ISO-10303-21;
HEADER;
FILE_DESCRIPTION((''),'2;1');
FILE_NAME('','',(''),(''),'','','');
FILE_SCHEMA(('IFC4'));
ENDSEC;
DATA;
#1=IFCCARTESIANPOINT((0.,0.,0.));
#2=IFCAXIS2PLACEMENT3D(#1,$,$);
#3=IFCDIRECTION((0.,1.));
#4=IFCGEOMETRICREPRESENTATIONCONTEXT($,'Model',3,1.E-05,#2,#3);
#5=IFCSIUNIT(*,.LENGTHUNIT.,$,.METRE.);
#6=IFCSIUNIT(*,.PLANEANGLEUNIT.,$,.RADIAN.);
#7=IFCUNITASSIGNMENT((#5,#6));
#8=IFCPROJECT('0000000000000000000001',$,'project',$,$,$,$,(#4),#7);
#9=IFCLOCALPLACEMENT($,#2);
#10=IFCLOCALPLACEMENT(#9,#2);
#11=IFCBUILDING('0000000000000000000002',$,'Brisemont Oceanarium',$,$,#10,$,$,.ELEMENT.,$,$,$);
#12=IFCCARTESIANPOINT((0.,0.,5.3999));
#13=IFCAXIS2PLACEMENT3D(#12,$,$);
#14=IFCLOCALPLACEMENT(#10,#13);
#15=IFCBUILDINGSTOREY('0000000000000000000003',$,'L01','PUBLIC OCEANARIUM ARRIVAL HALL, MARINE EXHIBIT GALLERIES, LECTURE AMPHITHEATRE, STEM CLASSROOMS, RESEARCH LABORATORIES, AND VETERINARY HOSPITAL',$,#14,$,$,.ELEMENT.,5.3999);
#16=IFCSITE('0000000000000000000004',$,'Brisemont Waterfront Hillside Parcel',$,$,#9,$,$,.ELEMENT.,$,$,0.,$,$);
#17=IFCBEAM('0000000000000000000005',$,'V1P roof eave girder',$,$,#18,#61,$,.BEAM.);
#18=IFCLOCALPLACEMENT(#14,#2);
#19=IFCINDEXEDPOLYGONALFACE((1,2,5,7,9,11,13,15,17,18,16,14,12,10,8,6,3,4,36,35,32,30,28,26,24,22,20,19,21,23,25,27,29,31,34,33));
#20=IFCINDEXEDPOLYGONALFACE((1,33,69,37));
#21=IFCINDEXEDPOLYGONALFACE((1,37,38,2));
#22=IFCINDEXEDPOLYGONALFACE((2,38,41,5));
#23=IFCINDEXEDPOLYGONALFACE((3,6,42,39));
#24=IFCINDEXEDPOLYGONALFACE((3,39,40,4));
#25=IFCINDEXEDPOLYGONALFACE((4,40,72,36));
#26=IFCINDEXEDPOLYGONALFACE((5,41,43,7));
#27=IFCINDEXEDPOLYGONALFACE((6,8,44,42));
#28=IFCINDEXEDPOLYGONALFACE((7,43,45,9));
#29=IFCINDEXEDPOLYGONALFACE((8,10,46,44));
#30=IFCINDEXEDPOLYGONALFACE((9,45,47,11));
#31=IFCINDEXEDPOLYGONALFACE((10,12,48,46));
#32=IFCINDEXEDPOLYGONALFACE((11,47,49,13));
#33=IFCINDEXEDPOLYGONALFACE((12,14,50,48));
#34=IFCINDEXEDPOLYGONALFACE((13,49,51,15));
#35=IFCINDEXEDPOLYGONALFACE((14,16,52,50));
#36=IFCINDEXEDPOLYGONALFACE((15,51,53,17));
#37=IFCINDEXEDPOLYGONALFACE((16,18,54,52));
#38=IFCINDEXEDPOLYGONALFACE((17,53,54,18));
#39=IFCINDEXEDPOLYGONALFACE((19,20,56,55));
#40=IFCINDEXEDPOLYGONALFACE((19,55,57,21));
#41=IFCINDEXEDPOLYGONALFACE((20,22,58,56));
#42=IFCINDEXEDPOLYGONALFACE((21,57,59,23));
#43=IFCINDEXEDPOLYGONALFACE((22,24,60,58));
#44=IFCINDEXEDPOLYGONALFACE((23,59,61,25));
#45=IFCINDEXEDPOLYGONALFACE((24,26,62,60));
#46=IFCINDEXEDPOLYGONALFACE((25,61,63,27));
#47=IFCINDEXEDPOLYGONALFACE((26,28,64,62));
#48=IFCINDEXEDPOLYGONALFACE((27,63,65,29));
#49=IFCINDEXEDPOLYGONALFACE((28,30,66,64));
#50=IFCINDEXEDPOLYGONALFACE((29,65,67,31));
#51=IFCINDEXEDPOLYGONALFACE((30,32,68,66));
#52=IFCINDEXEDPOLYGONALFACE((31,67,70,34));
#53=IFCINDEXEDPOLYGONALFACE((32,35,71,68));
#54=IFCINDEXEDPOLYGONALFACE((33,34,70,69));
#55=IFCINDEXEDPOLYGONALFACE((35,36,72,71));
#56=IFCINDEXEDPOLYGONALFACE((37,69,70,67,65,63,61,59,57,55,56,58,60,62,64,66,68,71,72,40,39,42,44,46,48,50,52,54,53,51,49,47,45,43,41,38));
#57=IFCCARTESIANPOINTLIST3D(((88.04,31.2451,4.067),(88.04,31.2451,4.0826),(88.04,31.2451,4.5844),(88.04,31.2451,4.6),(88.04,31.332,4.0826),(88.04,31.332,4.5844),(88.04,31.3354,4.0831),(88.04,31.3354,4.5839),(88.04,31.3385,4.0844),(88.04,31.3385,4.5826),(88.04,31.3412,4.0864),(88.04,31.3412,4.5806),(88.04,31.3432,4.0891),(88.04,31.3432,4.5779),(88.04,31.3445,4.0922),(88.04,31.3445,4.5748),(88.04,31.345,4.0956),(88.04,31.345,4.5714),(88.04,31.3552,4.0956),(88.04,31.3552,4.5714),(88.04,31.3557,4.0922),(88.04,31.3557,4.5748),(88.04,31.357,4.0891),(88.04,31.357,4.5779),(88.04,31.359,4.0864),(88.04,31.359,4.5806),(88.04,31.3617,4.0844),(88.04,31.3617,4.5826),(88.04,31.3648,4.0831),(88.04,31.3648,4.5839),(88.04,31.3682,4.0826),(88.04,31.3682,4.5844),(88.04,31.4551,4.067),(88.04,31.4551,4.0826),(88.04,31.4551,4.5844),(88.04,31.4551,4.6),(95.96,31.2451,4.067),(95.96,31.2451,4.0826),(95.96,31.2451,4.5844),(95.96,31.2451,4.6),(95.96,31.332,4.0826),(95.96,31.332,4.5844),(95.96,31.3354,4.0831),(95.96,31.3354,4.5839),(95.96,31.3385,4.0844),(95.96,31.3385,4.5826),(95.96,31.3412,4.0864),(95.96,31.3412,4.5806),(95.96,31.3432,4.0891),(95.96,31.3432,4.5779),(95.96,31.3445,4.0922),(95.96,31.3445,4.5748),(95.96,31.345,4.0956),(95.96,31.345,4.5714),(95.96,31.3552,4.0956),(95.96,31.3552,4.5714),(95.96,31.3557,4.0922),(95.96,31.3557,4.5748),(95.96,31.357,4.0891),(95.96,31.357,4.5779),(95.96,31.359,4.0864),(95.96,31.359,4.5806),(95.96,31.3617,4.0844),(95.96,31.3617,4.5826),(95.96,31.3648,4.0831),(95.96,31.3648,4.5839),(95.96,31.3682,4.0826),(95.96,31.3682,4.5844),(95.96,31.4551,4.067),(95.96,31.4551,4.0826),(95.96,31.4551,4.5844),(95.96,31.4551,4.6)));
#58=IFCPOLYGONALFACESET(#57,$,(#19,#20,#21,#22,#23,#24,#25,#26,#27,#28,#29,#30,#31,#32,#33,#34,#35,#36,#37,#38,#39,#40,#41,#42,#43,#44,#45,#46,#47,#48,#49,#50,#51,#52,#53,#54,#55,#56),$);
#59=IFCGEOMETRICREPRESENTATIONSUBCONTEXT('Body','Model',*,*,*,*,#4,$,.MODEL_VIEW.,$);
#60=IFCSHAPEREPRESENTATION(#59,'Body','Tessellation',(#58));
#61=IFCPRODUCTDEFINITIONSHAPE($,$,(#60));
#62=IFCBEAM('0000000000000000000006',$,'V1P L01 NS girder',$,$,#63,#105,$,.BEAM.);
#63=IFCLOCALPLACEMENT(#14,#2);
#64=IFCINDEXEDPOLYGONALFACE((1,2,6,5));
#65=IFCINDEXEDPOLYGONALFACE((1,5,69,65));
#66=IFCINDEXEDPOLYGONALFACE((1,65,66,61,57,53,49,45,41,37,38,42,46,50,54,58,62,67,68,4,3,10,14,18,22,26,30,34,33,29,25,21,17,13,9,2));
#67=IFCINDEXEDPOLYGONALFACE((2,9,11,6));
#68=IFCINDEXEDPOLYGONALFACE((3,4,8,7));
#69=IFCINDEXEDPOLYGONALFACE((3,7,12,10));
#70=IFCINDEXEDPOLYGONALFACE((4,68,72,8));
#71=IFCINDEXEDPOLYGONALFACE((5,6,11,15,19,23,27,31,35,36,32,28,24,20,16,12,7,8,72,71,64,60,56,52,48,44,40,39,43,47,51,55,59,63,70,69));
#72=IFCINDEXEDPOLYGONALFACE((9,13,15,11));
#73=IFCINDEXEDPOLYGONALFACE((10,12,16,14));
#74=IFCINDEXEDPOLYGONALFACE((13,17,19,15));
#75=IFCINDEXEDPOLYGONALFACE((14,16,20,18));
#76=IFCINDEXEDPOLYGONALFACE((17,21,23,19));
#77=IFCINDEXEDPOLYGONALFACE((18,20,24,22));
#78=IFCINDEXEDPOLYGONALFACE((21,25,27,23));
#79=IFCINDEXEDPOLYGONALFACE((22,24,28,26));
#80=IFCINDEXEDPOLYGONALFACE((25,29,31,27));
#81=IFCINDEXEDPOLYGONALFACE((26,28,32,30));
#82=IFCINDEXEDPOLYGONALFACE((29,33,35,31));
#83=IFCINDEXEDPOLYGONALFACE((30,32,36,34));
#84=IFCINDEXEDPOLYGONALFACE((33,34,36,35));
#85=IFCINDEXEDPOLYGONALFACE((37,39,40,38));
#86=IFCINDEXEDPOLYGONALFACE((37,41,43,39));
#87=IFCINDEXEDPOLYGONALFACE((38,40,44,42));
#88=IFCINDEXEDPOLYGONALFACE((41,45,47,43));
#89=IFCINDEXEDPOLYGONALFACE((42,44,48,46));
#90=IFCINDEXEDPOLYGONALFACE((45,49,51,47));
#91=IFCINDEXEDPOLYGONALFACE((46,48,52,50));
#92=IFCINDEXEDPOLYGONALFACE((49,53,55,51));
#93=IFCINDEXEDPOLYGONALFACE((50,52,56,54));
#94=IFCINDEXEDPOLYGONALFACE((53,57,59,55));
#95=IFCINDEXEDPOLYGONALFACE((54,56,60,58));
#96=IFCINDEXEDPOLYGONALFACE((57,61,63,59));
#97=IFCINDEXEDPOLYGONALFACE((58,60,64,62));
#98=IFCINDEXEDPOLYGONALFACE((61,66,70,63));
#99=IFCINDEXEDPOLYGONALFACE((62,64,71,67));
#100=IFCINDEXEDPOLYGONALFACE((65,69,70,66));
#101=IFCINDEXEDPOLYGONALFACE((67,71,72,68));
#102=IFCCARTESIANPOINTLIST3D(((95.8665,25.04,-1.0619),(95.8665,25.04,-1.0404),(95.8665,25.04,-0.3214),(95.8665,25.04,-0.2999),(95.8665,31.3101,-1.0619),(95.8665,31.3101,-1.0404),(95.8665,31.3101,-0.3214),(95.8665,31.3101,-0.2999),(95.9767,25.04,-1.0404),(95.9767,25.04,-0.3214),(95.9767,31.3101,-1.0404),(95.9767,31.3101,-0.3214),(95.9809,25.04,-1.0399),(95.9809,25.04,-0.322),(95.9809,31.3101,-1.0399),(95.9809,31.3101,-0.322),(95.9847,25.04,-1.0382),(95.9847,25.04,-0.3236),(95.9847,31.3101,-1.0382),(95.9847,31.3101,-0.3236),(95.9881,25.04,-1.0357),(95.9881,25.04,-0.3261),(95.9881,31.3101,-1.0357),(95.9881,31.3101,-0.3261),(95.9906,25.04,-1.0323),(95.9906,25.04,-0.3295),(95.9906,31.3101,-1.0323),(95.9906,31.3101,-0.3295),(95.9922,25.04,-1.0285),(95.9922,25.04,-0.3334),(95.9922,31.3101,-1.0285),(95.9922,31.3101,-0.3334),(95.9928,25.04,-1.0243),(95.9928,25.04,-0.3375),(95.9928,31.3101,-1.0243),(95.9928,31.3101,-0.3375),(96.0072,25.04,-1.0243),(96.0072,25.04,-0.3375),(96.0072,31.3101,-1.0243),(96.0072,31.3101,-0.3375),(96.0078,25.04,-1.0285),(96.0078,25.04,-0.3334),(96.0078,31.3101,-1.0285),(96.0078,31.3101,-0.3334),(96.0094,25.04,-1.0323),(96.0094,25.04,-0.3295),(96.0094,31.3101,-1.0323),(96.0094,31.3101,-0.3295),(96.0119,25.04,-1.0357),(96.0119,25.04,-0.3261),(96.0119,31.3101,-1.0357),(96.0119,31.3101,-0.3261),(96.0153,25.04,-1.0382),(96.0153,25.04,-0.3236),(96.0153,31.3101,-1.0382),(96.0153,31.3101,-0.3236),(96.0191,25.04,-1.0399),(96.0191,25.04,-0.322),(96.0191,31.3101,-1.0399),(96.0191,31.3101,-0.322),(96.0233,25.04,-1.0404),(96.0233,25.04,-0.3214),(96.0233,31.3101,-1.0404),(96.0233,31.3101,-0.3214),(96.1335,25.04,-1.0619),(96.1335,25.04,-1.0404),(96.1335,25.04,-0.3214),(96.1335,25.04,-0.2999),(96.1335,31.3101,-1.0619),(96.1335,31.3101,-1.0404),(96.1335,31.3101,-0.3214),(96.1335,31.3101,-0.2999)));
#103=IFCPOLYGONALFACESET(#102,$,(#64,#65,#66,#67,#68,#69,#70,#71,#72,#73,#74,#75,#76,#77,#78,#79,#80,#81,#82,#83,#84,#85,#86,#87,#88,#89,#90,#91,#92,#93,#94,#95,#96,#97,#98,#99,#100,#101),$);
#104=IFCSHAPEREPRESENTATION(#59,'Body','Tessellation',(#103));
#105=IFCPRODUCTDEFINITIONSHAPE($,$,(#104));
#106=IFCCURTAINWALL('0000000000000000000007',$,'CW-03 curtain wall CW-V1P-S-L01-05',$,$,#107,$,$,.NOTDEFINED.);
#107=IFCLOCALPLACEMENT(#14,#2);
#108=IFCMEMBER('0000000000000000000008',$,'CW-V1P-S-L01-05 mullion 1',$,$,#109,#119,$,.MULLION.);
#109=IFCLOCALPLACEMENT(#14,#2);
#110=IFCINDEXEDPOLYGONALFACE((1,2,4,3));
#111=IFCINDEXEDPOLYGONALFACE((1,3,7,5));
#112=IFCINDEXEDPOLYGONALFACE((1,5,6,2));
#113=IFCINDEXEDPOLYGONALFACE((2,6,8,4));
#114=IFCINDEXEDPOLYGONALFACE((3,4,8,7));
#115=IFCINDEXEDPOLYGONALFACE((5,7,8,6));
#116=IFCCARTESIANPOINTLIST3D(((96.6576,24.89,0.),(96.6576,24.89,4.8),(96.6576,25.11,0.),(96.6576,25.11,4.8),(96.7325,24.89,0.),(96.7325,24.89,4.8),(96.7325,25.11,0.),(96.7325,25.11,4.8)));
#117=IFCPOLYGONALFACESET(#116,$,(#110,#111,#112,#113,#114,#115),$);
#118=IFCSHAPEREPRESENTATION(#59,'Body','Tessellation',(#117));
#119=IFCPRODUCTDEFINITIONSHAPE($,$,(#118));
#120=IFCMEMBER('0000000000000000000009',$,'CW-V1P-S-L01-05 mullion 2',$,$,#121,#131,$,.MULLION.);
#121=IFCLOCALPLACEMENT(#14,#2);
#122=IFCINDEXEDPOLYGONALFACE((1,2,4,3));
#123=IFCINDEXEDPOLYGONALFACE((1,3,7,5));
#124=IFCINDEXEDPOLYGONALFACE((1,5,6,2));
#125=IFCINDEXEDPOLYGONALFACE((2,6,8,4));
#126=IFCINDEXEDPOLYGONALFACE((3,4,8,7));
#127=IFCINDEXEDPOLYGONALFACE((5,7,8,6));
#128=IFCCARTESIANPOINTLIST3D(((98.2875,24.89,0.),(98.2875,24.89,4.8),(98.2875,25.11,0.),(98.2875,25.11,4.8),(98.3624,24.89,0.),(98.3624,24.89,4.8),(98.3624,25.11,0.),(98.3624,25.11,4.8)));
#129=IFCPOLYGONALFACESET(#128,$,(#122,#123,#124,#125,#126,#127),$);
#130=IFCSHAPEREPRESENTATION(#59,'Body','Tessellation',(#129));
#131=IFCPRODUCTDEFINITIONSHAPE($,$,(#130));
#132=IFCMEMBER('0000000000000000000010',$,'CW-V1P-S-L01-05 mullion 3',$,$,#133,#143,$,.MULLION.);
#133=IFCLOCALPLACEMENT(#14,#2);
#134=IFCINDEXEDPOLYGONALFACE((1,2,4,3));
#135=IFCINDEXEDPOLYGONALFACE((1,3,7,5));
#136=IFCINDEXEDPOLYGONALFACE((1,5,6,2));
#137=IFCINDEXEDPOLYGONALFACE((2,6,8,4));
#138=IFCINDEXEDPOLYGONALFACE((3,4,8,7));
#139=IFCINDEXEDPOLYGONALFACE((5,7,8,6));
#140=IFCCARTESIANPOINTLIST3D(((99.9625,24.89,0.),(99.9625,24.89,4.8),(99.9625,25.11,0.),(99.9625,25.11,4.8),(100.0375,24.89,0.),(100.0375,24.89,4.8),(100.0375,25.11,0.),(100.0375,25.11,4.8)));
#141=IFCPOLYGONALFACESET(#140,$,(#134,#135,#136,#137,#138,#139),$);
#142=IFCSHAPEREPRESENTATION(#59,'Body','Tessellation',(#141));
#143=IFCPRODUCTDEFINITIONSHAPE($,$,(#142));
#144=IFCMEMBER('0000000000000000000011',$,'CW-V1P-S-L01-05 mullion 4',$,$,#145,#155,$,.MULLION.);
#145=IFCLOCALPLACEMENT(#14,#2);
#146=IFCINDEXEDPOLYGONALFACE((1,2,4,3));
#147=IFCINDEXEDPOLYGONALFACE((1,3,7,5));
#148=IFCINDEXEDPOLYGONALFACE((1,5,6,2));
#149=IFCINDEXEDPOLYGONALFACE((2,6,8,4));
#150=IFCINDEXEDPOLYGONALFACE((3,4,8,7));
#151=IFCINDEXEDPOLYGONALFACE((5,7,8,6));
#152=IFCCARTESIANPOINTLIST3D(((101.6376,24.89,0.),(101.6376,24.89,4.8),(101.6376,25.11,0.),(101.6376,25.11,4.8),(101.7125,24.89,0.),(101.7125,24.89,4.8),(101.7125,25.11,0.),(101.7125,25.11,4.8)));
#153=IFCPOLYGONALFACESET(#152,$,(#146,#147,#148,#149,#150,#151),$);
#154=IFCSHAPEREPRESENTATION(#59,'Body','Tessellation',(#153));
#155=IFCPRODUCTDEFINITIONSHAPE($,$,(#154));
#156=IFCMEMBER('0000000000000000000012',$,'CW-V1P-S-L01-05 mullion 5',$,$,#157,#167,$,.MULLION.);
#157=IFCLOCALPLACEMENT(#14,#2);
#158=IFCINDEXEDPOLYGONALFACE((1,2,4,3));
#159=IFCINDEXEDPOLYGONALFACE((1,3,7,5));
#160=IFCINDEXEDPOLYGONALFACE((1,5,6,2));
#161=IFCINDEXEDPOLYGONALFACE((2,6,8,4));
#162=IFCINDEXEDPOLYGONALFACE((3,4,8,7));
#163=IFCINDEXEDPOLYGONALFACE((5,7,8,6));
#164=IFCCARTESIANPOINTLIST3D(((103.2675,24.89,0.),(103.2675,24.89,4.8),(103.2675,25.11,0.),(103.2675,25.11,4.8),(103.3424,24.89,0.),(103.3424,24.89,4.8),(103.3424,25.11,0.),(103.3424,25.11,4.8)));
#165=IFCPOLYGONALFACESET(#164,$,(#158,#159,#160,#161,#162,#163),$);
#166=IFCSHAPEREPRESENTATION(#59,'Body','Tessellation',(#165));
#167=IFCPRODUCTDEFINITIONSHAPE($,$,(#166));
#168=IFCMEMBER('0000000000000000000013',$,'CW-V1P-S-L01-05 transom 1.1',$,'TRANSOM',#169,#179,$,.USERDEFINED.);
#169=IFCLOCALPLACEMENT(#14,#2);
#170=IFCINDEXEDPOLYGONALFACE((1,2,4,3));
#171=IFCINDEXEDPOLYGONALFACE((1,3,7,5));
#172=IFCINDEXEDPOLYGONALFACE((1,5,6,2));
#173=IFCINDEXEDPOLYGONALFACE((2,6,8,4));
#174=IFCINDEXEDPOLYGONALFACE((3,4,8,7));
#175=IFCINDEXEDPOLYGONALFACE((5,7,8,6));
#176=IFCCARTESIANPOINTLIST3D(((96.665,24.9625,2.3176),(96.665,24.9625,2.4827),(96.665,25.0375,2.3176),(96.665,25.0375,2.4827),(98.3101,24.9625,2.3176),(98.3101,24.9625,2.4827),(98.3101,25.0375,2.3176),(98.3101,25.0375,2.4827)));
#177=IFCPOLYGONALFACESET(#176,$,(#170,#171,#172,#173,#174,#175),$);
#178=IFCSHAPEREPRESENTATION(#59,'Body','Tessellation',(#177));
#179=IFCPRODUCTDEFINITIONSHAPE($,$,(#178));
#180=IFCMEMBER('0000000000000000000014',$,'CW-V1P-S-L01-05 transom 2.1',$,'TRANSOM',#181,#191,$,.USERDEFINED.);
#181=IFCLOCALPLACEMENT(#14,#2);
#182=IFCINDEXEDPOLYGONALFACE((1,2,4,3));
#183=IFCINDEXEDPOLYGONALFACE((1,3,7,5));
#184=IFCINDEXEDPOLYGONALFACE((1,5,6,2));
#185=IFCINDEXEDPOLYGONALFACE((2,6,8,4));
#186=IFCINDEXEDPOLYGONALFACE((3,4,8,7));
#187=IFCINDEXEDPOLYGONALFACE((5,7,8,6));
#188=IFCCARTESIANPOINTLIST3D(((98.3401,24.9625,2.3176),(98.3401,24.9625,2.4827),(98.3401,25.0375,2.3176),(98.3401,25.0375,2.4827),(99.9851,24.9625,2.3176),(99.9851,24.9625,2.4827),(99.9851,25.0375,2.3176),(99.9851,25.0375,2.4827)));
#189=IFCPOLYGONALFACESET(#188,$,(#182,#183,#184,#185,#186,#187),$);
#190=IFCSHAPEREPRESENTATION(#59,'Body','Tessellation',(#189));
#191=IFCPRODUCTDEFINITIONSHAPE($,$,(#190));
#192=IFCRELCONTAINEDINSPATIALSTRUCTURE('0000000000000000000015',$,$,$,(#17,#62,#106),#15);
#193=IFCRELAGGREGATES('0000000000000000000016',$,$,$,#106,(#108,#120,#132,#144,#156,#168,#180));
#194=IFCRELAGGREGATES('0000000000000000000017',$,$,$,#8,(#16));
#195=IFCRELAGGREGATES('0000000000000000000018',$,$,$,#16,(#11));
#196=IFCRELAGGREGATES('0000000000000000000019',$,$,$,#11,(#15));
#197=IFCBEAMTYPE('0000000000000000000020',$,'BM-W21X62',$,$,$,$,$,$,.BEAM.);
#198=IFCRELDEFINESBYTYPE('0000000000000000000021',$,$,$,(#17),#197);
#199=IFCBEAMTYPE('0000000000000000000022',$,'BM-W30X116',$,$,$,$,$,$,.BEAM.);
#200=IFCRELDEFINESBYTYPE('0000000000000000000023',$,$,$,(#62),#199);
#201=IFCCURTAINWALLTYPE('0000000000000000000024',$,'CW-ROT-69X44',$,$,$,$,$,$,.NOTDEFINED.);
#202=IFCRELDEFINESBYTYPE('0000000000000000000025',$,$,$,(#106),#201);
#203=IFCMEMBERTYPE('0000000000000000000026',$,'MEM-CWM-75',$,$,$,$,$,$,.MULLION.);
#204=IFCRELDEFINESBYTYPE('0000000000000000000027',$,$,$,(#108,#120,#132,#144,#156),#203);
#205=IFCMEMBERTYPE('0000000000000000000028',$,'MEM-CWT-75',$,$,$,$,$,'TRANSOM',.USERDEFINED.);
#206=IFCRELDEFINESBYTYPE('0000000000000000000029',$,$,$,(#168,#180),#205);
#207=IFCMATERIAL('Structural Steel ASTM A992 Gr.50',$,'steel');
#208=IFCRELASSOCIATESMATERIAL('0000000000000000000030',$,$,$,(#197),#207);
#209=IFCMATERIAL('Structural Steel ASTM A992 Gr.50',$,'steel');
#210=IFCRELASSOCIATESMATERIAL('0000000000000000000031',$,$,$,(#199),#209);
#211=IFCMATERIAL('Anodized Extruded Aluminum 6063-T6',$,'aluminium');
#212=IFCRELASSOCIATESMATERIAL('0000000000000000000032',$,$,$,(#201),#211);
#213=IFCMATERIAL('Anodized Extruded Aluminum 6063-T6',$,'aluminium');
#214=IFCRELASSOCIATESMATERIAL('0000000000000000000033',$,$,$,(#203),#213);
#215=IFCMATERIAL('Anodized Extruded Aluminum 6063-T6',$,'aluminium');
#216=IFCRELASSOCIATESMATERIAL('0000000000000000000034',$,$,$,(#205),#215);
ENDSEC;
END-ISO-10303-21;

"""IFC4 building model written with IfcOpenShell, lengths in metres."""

from ifc_helpers import new_model, si_unit, direction, frame, origin, origin_2d, place, context, subcontext, project, spatial, rectangle, i_section, extrude, material, material_profile, profile_set, type_object, element, aggregate, save


model = new_model("IFC4")

# Units and contexts
model_context = context("Model", 3, precision=1e-05, world=origin(), true_north=direction((0.0, 1.0)))
body_context = subcontext(model_context, "Body", "Model", "MODEL_VIEW")
ifc_project = project(units=[si_unit("LENGTHUNIT", "METRE"), si_unit("PLANEANGLEUNIT", "RADIAN")], contexts=[model_context])

# Site, building, storey
site_placement = place(None, origin())
site = spatial("IfcSite", under=ifc_project, at=site_placement, Name="Brisemont Waterfront Hillside Parcel", CompositionType="ELEMENT", RefElevation=0.0)
building_placement = place(site_placement, origin())
building = spatial("IfcBuilding", under=site, at=building_placement, Name="Brisemont Oceanarium", CompositionType="ELEMENT")
storey_placement = place(building_placement, frame((0.0, 0.0, 5.3999)))
storey = spatial("IfcBuildingStorey", under=building, at=storey_placement, Name="L01", Description="PUBLIC OCEANARIUM ARRIVAL HALL, MARINE EXHIBIT GALLERIES, LECTURE AMPHITHEATRE, STEM CLASSROOMS, RESEARCH LABORATORIES, AND VETERINARY HOSPITAL", CompositionType="ELEMENT", Elevation=5.3999)

# Beams
ifc_material_1 = material(Name="Structural Steel ASTM A992 Gr.50", Category="steel")
ifc_material_profile_1 = material_profile(ifc_material_1, i_section(OverallWidth=0.21, OverallDepth=0.533, WebThickness=0.0103, FlangeThickness=0.0156, FilletRadius=0.0129, at=origin_2d()), Name="W21X62")
ifc_profile_set_1 = profile_set([ifc_material_profile_1], Name="Structural Steel ASTM A992 Gr.50")
beam_type_1 = type_object("IfcBeamType", Name="BM-W21X62", PredefinedType="BEAM", material=ifc_profile_set_1)
for number, where, z_axis, x_axis, name in (
    (1, (88.04, 31.3501, 4.3335), (1.0, 0.0, 0.0), (0.0, 1.0, 0.0), "V1P roof eave girder"),
):
    element("IfcBeam", number, at=place(storey_placement, frame(where, z_axis=z_axis, x_axis=x_axis)), inside=storey, type_object=beam_type_1, Name=name, PredefinedType="BEAM", context=body_context, shape_type="SweptSolid", body=[
        extrude(i_section(OverallWidth=0.21, OverallDepth=0.533, WebThickness=0.0103, FlangeThickness=0.0156, FilletRadius=0.0129, at=origin_2d()), origin(), (0.0, 0.0, 1.0), 7.9199),
    ])
ifc_material_2 = material(Name="Structural Steel ASTM A992 Gr.50", Category="steel")
ifc_material_profile_2 = material_profile(ifc_material_2, i_section(OverallWidth=0.2671, OverallDepth=0.762, WebThickness=0.0144, FlangeThickness=0.0215, FilletRadius=0.0161, at=origin_2d()), Name="W30X116")
ifc_profile_set_2 = profile_set([ifc_material_profile_2], Name="Structural Steel ASTM A992 Gr.50")
beam_type_2 = type_object("IfcBeamType", Name="BM-W30X116", PredefinedType="BEAM", material=ifc_profile_set_2)
beam_1_placement = place(storey_placement, frame((96.0, 25.04, -0.6809), z_axis=(0.0, 1.0, 0.0), x_axis=(-1.0, 0.0, 0.0)))
element("IfcBeam", 2, at=beam_1_placement, inside=storey, type_object=beam_type_2, Name="V1P L01 NS girder", PredefinedType="BEAM", context=body_context, shape_type="SweptSolid", body=[
    extrude(i_section(OverallWidth=0.2671, OverallDepth=0.762, WebThickness=0.0144, FlangeThickness=0.0215, FilletRadius=0.0161, at=origin_2d()), origin(), (0.0, 0.0, 1.0), 6.27),
])

# Curtain wall, members
ifc_material_3 = material(Name="Anodized Extruded Aluminum 6063-T6", Category="aluminium")
curtain_wall_type = type_object("IfcCurtainWallType", Name="CW-ROT-69X44", PredefinedType="NOTDEFINED", material=ifc_material_3)
curtain_wall_placement = place(storey_placement, origin())
curtain_wall = element("IfcCurtainWall", 3, at=curtain_wall_placement, inside=storey, type_object=curtain_wall_type, Name="CW-03 curtain wall CW-V1P-S-L01-05", PredefinedType="NOTDEFINED")
ifc_material_4 = material(Name="Anodized Extruded Aluminum 6063-T6", Category="aluminium")
ifc_material_profile_3 = material_profile(ifc_material_4, rectangle(XDim=0.075, YDim=0.22, at=origin_2d()), Name="CWM-75X220")
ifc_profile_set_3 = profile_set([ifc_material_profile_3], Name="Anodized Extruded Aluminum 6063-T6")
member_type_1 = type_object("IfcMemberType", Name="MEM-CWM-75", PredefinedType="MULLION", material=ifc_profile_set_3)
member_1_placement = place(storey_placement, frame((96.6951, 25.0, 0.0), z_axis=(0.0, 0.0, 1.0), x_axis=(1.0, 0.0, 0.0)))
member_1 = element("IfcMember", 4, at=member_1_placement, type_object=member_type_1, Name="CW-V1P-S-L01-05 mullion 1", PredefinedType="MULLION", context=body_context, shape_type="SweptSolid", body=[
    extrude(rectangle(XDim=0.075, YDim=0.22, at=origin_2d()), origin(), (0.0, 0.0, 1.0), 4.8),
])
member_2_placement = place(storey_placement, frame((98.325, 25.0, 0.0), z_axis=(0.0, 0.0, 1.0), x_axis=(1.0, 0.0, 0.0)))
member_2 = element("IfcMember", 5, at=member_2_placement, type_object=member_type_1, Name="CW-V1P-S-L01-05 mullion 2", PredefinedType="MULLION", context=body_context, shape_type="SweptSolid", body=[
    extrude(rectangle(XDim=0.075, YDim=0.22, at=origin_2d()), origin(), (0.0, 0.0, 1.0), 4.8),
])
member_3_placement = place(storey_placement, frame((100.0, 25.0, 0.0), z_axis=(0.0, 0.0, 1.0), x_axis=(1.0, 0.0, 0.0)))
member_3 = element("IfcMember", 6, at=member_3_placement, type_object=member_type_1, Name="CW-V1P-S-L01-05 mullion 3", PredefinedType="MULLION", context=body_context, shape_type="SweptSolid", body=[
    extrude(rectangle(XDim=0.075, YDim=0.22, at=origin_2d()), origin(), (0.0, 0.0, 1.0), 4.8),
])
member_4_placement = place(storey_placement, frame((101.675, 25.0, 0.0), z_axis=(0.0, 0.0, 1.0), x_axis=(1.0, 0.0, 0.0)))
member_4 = element("IfcMember", 7, at=member_4_placement, type_object=member_type_1, Name="CW-V1P-S-L01-05 mullion 4", PredefinedType="MULLION", context=body_context, shape_type="SweptSolid", body=[
    extrude(rectangle(XDim=0.075, YDim=0.22, at=origin_2d()), origin(), (0.0, 0.0, 1.0), 4.8),
])
member_5_placement = place(storey_placement, frame((103.3049, 25.0, 0.0), z_axis=(0.0, 0.0, 1.0), x_axis=(1.0, 0.0, 0.0)))
member_5 = element("IfcMember", 8, at=member_5_placement, type_object=member_type_1, Name="CW-V1P-S-L01-05 mullion 5", PredefinedType="MULLION", context=body_context, shape_type="SweptSolid", body=[
    extrude(rectangle(XDim=0.075, YDim=0.22, at=origin_2d()), origin(), (0.0, 0.0, 1.0), 4.8),
])
ifc_material_5 = material(Name="Anodized Extruded Aluminum 6063-T6", Category="aluminium")
ifc_material_profile_4 = material_profile(ifc_material_5, rectangle(XDim=0.075, YDim=0.165, at=origin_2d()), Name="CWT-75X165")
ifc_profile_set_4 = profile_set([ifc_material_profile_4], Name="Anodized Extruded Aluminum 6063-T6")
member_type_2 = type_object("IfcMemberType", Name="MEM-CWT-75", ElementType="TRANSOM", PredefinedType="USERDEFINED", material=ifc_profile_set_4)
member_6_placement = place(storey_placement, frame((96.665, 25.0, 2.4001), z_axis=(1.0, 0.0, 0.0), x_axis=(0.0, 1.0, 0.0)))
member_6 = element("IfcMember", 9, at=member_6_placement, type_object=member_type_2, Name="CW-V1P-S-L01-05 transom 1.1", ObjectType="TRANSOM", PredefinedType="USERDEFINED", context=body_context, shape_type="SweptSolid", body=[
    extrude(rectangle(XDim=0.075, YDim=0.165, at=origin_2d()), origin(), (0.0, 0.0, 1.0), 1.645),
])
member_7_placement = place(storey_placement, frame((98.3401, 25.0, 2.4001), z_axis=(1.0, 0.0, 0.0), x_axis=(0.0, 1.0, 0.0)))
member_7 = element("IfcMember", 10, at=member_7_placement, type_object=member_type_2, Name="CW-V1P-S-L01-05 transom 2.1", ObjectType="TRANSOM", PredefinedType="USERDEFINED", context=body_context, shape_type="SweptSolid", body=[
    extrude(rectangle(XDim=0.075, YDim=0.165, at=origin_2d()), origin(), (0.0, 0.0, 1.0), 1.645),
])
aggregate(curtain_wall, [member_1, member_2, member_3, member_4, member_5, member_6, member_7])

save(model, "model.ifc")
